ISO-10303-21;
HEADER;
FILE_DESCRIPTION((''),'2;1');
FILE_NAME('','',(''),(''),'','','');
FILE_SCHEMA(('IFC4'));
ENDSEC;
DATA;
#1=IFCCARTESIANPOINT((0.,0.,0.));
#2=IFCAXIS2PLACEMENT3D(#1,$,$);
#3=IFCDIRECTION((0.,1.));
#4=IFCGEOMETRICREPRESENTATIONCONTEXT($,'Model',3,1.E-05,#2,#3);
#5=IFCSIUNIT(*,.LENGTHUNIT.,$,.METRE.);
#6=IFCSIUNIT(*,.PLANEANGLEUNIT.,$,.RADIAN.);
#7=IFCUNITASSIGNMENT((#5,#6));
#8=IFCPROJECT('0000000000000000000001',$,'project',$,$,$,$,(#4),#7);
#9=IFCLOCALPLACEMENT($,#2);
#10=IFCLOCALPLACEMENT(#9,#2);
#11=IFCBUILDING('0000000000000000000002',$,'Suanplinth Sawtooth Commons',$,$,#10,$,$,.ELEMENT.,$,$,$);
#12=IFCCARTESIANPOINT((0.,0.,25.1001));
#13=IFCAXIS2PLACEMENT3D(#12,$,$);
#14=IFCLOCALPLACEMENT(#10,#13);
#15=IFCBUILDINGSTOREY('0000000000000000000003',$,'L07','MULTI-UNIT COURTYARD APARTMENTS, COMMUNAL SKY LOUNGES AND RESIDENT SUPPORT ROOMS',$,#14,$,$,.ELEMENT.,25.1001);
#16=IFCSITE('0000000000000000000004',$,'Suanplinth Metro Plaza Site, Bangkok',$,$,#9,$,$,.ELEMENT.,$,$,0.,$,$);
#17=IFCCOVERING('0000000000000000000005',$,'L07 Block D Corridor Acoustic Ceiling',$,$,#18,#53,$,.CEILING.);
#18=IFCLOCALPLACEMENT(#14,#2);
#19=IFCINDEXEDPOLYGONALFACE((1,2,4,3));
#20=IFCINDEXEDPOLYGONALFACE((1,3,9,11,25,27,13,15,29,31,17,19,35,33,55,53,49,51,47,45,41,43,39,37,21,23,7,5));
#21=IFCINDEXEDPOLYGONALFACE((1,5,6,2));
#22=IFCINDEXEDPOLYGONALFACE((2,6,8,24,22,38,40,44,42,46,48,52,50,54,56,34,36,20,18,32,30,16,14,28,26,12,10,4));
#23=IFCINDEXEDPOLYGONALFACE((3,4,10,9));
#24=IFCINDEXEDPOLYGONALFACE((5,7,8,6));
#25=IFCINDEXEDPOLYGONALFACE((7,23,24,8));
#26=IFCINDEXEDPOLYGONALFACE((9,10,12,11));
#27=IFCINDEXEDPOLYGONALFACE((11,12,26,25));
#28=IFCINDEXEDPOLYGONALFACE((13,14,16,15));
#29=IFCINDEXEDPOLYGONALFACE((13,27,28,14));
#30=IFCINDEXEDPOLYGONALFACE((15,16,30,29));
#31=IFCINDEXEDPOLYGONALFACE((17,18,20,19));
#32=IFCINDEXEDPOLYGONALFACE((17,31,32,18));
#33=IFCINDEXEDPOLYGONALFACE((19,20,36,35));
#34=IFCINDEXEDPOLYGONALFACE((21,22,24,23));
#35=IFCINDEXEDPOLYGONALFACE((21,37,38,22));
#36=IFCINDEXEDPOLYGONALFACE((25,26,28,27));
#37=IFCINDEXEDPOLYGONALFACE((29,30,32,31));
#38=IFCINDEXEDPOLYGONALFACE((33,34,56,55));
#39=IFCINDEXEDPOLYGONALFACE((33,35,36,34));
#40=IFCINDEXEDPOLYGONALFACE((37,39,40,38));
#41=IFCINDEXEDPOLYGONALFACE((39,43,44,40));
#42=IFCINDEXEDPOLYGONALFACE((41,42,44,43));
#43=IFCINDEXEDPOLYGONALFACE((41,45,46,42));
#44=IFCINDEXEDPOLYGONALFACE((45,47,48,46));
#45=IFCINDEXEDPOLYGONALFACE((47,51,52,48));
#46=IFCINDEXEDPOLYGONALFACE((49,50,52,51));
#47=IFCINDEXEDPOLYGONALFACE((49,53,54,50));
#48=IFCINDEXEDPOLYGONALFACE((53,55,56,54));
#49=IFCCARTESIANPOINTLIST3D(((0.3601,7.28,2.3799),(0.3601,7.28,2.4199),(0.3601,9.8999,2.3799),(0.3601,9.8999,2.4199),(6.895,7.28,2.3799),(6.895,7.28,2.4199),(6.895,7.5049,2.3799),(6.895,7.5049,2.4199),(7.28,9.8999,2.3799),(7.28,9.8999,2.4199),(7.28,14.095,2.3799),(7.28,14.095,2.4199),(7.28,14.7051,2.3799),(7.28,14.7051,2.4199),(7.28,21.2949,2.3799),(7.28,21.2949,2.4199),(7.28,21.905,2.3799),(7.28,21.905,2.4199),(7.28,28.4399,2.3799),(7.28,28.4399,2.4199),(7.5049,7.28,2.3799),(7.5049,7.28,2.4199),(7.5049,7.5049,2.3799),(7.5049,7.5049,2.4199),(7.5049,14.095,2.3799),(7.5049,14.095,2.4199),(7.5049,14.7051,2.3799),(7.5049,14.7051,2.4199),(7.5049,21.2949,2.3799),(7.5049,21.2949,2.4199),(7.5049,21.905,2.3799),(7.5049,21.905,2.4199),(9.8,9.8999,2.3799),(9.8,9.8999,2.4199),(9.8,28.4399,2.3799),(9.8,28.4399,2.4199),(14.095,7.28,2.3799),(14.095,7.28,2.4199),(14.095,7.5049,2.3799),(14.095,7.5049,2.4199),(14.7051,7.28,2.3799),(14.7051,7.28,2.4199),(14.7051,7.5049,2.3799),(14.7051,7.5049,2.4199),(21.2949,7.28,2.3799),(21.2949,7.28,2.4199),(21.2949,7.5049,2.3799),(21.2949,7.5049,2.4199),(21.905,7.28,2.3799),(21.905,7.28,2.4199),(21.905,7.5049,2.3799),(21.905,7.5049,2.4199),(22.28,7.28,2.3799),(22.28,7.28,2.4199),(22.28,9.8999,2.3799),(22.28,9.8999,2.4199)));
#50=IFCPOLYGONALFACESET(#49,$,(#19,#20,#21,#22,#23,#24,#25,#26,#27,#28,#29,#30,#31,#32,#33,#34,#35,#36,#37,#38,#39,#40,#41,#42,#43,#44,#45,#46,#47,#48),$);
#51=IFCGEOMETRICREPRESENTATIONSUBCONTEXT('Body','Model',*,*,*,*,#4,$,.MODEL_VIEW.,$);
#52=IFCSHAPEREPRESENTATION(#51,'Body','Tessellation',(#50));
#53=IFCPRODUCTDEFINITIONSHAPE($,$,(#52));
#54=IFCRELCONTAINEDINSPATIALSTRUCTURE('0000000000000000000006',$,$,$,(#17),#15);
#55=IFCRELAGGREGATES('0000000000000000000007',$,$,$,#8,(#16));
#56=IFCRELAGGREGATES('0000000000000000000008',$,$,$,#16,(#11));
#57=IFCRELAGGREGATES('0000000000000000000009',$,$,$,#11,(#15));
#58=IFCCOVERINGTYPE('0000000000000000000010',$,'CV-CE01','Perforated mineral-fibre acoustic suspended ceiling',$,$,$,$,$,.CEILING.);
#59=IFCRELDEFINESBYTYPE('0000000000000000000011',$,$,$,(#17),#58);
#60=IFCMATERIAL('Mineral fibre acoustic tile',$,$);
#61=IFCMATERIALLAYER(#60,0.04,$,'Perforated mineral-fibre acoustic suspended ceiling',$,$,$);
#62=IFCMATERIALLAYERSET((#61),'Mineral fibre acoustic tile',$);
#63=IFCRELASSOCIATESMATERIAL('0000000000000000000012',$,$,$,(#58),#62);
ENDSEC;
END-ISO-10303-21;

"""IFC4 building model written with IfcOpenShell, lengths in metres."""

from ifc_helpers import new_model, si_unit, direction, frame, origin, place, context, subcontext, project, spatial, polyline, outline, extrude, material, layer, layer_set, type_object, element, save


model = new_model("IFC4")

# Units and contexts
model_context = context("Model", 3, precision=1e-05, world=origin(), true_north=direction((0.0, 1.0)))
body_context = subcontext(model_context, "Body", "Model", "MODEL_VIEW")
ifc_project = project(units=[si_unit("LENGTHUNIT", "METRE"), si_unit("PLANEANGLEUNIT", "RADIAN")], contexts=[model_context])

# Site, building, storey
site_placement = place(None, origin())
site = spatial("IfcSite", under=ifc_project, at=site_placement, Name="Suanplinth Metro Plaza Site, Bangkok", CompositionType="ELEMENT", RefElevation=0.0)
building_placement = place(site_placement, origin())
building = spatial("IfcBuilding", under=site, at=building_placement, Name="Suanplinth Sawtooth Commons", CompositionType="ELEMENT")
storey_placement = place(building_placement, frame((0.0, 0.0, 25.1001)))
storey = spatial("IfcBuildingStorey", under=building, at=storey_placement, Name="L07", Description="MULTI-UNIT COURTYARD APARTMENTS, COMMUNAL SKY LOUNGES AND RESIDENT SUPPORT ROOMS", CompositionType="ELEMENT", Elevation=25.1001)

# Covering
ifc_material_1 = material(Name="Mineral fibre acoustic tile")
ifc_layer_1 = layer(ifc_material_1, 0.04, Name="Perforated mineral-fibre acoustic suspended ceiling")
ifc_layer_set_1 = layer_set([ifc_layer_1], Name="Mineral fibre acoustic tile")
covering_type = type_object("IfcCoveringType", Name="CV-CE01", Description="Perforated mineral-fibre acoustic suspended ceiling", PredefinedType="CEILING", material=ifc_layer_set_1)
covering_1_placement = place(storey_placement, frame((0.0, 0.0, 2.3799)))
element("IfcCovering", 1, at=covering_1_placement, inside=storey, type_object=covering_type, Name="L07 Block D Corridor Acoustic Ceiling", PredefinedType="CEILING", context=body_context, shape_type="SweptSolid", body=[
    extrude(outline(polyline([(0.3601, 9.8999), (7.28, 9.8999), (7.28, 14.095), (7.5049, 14.095), (7.5049, 14.7051), (7.28, 14.7051), (7.28, 21.2949), (7.5049, 21.2949), (7.5049, 21.905), (7.28, 21.905), (7.28, 28.4399), (9.8, 28.4399), (9.8, 9.8999), (22.28, 9.8999), (22.28, 7.28), (21.905, 7.28), (21.905, 7.5049), (21.2949, 7.5049), (21.2949, 7.28), (14.7051, 7.28), (14.7051, 7.5049), (14.095, 7.5049), (14.095, 7.28), (7.5049, 7.28), (7.5049, 7.5049), (6.895, 7.5049), (6.895, 7.28), (0.3601, 7.28), (0.3601, 9.8999)])), origin(), (0.0, 0.0, 1.0), 0.04),
])

save(model, "model.ifc")
